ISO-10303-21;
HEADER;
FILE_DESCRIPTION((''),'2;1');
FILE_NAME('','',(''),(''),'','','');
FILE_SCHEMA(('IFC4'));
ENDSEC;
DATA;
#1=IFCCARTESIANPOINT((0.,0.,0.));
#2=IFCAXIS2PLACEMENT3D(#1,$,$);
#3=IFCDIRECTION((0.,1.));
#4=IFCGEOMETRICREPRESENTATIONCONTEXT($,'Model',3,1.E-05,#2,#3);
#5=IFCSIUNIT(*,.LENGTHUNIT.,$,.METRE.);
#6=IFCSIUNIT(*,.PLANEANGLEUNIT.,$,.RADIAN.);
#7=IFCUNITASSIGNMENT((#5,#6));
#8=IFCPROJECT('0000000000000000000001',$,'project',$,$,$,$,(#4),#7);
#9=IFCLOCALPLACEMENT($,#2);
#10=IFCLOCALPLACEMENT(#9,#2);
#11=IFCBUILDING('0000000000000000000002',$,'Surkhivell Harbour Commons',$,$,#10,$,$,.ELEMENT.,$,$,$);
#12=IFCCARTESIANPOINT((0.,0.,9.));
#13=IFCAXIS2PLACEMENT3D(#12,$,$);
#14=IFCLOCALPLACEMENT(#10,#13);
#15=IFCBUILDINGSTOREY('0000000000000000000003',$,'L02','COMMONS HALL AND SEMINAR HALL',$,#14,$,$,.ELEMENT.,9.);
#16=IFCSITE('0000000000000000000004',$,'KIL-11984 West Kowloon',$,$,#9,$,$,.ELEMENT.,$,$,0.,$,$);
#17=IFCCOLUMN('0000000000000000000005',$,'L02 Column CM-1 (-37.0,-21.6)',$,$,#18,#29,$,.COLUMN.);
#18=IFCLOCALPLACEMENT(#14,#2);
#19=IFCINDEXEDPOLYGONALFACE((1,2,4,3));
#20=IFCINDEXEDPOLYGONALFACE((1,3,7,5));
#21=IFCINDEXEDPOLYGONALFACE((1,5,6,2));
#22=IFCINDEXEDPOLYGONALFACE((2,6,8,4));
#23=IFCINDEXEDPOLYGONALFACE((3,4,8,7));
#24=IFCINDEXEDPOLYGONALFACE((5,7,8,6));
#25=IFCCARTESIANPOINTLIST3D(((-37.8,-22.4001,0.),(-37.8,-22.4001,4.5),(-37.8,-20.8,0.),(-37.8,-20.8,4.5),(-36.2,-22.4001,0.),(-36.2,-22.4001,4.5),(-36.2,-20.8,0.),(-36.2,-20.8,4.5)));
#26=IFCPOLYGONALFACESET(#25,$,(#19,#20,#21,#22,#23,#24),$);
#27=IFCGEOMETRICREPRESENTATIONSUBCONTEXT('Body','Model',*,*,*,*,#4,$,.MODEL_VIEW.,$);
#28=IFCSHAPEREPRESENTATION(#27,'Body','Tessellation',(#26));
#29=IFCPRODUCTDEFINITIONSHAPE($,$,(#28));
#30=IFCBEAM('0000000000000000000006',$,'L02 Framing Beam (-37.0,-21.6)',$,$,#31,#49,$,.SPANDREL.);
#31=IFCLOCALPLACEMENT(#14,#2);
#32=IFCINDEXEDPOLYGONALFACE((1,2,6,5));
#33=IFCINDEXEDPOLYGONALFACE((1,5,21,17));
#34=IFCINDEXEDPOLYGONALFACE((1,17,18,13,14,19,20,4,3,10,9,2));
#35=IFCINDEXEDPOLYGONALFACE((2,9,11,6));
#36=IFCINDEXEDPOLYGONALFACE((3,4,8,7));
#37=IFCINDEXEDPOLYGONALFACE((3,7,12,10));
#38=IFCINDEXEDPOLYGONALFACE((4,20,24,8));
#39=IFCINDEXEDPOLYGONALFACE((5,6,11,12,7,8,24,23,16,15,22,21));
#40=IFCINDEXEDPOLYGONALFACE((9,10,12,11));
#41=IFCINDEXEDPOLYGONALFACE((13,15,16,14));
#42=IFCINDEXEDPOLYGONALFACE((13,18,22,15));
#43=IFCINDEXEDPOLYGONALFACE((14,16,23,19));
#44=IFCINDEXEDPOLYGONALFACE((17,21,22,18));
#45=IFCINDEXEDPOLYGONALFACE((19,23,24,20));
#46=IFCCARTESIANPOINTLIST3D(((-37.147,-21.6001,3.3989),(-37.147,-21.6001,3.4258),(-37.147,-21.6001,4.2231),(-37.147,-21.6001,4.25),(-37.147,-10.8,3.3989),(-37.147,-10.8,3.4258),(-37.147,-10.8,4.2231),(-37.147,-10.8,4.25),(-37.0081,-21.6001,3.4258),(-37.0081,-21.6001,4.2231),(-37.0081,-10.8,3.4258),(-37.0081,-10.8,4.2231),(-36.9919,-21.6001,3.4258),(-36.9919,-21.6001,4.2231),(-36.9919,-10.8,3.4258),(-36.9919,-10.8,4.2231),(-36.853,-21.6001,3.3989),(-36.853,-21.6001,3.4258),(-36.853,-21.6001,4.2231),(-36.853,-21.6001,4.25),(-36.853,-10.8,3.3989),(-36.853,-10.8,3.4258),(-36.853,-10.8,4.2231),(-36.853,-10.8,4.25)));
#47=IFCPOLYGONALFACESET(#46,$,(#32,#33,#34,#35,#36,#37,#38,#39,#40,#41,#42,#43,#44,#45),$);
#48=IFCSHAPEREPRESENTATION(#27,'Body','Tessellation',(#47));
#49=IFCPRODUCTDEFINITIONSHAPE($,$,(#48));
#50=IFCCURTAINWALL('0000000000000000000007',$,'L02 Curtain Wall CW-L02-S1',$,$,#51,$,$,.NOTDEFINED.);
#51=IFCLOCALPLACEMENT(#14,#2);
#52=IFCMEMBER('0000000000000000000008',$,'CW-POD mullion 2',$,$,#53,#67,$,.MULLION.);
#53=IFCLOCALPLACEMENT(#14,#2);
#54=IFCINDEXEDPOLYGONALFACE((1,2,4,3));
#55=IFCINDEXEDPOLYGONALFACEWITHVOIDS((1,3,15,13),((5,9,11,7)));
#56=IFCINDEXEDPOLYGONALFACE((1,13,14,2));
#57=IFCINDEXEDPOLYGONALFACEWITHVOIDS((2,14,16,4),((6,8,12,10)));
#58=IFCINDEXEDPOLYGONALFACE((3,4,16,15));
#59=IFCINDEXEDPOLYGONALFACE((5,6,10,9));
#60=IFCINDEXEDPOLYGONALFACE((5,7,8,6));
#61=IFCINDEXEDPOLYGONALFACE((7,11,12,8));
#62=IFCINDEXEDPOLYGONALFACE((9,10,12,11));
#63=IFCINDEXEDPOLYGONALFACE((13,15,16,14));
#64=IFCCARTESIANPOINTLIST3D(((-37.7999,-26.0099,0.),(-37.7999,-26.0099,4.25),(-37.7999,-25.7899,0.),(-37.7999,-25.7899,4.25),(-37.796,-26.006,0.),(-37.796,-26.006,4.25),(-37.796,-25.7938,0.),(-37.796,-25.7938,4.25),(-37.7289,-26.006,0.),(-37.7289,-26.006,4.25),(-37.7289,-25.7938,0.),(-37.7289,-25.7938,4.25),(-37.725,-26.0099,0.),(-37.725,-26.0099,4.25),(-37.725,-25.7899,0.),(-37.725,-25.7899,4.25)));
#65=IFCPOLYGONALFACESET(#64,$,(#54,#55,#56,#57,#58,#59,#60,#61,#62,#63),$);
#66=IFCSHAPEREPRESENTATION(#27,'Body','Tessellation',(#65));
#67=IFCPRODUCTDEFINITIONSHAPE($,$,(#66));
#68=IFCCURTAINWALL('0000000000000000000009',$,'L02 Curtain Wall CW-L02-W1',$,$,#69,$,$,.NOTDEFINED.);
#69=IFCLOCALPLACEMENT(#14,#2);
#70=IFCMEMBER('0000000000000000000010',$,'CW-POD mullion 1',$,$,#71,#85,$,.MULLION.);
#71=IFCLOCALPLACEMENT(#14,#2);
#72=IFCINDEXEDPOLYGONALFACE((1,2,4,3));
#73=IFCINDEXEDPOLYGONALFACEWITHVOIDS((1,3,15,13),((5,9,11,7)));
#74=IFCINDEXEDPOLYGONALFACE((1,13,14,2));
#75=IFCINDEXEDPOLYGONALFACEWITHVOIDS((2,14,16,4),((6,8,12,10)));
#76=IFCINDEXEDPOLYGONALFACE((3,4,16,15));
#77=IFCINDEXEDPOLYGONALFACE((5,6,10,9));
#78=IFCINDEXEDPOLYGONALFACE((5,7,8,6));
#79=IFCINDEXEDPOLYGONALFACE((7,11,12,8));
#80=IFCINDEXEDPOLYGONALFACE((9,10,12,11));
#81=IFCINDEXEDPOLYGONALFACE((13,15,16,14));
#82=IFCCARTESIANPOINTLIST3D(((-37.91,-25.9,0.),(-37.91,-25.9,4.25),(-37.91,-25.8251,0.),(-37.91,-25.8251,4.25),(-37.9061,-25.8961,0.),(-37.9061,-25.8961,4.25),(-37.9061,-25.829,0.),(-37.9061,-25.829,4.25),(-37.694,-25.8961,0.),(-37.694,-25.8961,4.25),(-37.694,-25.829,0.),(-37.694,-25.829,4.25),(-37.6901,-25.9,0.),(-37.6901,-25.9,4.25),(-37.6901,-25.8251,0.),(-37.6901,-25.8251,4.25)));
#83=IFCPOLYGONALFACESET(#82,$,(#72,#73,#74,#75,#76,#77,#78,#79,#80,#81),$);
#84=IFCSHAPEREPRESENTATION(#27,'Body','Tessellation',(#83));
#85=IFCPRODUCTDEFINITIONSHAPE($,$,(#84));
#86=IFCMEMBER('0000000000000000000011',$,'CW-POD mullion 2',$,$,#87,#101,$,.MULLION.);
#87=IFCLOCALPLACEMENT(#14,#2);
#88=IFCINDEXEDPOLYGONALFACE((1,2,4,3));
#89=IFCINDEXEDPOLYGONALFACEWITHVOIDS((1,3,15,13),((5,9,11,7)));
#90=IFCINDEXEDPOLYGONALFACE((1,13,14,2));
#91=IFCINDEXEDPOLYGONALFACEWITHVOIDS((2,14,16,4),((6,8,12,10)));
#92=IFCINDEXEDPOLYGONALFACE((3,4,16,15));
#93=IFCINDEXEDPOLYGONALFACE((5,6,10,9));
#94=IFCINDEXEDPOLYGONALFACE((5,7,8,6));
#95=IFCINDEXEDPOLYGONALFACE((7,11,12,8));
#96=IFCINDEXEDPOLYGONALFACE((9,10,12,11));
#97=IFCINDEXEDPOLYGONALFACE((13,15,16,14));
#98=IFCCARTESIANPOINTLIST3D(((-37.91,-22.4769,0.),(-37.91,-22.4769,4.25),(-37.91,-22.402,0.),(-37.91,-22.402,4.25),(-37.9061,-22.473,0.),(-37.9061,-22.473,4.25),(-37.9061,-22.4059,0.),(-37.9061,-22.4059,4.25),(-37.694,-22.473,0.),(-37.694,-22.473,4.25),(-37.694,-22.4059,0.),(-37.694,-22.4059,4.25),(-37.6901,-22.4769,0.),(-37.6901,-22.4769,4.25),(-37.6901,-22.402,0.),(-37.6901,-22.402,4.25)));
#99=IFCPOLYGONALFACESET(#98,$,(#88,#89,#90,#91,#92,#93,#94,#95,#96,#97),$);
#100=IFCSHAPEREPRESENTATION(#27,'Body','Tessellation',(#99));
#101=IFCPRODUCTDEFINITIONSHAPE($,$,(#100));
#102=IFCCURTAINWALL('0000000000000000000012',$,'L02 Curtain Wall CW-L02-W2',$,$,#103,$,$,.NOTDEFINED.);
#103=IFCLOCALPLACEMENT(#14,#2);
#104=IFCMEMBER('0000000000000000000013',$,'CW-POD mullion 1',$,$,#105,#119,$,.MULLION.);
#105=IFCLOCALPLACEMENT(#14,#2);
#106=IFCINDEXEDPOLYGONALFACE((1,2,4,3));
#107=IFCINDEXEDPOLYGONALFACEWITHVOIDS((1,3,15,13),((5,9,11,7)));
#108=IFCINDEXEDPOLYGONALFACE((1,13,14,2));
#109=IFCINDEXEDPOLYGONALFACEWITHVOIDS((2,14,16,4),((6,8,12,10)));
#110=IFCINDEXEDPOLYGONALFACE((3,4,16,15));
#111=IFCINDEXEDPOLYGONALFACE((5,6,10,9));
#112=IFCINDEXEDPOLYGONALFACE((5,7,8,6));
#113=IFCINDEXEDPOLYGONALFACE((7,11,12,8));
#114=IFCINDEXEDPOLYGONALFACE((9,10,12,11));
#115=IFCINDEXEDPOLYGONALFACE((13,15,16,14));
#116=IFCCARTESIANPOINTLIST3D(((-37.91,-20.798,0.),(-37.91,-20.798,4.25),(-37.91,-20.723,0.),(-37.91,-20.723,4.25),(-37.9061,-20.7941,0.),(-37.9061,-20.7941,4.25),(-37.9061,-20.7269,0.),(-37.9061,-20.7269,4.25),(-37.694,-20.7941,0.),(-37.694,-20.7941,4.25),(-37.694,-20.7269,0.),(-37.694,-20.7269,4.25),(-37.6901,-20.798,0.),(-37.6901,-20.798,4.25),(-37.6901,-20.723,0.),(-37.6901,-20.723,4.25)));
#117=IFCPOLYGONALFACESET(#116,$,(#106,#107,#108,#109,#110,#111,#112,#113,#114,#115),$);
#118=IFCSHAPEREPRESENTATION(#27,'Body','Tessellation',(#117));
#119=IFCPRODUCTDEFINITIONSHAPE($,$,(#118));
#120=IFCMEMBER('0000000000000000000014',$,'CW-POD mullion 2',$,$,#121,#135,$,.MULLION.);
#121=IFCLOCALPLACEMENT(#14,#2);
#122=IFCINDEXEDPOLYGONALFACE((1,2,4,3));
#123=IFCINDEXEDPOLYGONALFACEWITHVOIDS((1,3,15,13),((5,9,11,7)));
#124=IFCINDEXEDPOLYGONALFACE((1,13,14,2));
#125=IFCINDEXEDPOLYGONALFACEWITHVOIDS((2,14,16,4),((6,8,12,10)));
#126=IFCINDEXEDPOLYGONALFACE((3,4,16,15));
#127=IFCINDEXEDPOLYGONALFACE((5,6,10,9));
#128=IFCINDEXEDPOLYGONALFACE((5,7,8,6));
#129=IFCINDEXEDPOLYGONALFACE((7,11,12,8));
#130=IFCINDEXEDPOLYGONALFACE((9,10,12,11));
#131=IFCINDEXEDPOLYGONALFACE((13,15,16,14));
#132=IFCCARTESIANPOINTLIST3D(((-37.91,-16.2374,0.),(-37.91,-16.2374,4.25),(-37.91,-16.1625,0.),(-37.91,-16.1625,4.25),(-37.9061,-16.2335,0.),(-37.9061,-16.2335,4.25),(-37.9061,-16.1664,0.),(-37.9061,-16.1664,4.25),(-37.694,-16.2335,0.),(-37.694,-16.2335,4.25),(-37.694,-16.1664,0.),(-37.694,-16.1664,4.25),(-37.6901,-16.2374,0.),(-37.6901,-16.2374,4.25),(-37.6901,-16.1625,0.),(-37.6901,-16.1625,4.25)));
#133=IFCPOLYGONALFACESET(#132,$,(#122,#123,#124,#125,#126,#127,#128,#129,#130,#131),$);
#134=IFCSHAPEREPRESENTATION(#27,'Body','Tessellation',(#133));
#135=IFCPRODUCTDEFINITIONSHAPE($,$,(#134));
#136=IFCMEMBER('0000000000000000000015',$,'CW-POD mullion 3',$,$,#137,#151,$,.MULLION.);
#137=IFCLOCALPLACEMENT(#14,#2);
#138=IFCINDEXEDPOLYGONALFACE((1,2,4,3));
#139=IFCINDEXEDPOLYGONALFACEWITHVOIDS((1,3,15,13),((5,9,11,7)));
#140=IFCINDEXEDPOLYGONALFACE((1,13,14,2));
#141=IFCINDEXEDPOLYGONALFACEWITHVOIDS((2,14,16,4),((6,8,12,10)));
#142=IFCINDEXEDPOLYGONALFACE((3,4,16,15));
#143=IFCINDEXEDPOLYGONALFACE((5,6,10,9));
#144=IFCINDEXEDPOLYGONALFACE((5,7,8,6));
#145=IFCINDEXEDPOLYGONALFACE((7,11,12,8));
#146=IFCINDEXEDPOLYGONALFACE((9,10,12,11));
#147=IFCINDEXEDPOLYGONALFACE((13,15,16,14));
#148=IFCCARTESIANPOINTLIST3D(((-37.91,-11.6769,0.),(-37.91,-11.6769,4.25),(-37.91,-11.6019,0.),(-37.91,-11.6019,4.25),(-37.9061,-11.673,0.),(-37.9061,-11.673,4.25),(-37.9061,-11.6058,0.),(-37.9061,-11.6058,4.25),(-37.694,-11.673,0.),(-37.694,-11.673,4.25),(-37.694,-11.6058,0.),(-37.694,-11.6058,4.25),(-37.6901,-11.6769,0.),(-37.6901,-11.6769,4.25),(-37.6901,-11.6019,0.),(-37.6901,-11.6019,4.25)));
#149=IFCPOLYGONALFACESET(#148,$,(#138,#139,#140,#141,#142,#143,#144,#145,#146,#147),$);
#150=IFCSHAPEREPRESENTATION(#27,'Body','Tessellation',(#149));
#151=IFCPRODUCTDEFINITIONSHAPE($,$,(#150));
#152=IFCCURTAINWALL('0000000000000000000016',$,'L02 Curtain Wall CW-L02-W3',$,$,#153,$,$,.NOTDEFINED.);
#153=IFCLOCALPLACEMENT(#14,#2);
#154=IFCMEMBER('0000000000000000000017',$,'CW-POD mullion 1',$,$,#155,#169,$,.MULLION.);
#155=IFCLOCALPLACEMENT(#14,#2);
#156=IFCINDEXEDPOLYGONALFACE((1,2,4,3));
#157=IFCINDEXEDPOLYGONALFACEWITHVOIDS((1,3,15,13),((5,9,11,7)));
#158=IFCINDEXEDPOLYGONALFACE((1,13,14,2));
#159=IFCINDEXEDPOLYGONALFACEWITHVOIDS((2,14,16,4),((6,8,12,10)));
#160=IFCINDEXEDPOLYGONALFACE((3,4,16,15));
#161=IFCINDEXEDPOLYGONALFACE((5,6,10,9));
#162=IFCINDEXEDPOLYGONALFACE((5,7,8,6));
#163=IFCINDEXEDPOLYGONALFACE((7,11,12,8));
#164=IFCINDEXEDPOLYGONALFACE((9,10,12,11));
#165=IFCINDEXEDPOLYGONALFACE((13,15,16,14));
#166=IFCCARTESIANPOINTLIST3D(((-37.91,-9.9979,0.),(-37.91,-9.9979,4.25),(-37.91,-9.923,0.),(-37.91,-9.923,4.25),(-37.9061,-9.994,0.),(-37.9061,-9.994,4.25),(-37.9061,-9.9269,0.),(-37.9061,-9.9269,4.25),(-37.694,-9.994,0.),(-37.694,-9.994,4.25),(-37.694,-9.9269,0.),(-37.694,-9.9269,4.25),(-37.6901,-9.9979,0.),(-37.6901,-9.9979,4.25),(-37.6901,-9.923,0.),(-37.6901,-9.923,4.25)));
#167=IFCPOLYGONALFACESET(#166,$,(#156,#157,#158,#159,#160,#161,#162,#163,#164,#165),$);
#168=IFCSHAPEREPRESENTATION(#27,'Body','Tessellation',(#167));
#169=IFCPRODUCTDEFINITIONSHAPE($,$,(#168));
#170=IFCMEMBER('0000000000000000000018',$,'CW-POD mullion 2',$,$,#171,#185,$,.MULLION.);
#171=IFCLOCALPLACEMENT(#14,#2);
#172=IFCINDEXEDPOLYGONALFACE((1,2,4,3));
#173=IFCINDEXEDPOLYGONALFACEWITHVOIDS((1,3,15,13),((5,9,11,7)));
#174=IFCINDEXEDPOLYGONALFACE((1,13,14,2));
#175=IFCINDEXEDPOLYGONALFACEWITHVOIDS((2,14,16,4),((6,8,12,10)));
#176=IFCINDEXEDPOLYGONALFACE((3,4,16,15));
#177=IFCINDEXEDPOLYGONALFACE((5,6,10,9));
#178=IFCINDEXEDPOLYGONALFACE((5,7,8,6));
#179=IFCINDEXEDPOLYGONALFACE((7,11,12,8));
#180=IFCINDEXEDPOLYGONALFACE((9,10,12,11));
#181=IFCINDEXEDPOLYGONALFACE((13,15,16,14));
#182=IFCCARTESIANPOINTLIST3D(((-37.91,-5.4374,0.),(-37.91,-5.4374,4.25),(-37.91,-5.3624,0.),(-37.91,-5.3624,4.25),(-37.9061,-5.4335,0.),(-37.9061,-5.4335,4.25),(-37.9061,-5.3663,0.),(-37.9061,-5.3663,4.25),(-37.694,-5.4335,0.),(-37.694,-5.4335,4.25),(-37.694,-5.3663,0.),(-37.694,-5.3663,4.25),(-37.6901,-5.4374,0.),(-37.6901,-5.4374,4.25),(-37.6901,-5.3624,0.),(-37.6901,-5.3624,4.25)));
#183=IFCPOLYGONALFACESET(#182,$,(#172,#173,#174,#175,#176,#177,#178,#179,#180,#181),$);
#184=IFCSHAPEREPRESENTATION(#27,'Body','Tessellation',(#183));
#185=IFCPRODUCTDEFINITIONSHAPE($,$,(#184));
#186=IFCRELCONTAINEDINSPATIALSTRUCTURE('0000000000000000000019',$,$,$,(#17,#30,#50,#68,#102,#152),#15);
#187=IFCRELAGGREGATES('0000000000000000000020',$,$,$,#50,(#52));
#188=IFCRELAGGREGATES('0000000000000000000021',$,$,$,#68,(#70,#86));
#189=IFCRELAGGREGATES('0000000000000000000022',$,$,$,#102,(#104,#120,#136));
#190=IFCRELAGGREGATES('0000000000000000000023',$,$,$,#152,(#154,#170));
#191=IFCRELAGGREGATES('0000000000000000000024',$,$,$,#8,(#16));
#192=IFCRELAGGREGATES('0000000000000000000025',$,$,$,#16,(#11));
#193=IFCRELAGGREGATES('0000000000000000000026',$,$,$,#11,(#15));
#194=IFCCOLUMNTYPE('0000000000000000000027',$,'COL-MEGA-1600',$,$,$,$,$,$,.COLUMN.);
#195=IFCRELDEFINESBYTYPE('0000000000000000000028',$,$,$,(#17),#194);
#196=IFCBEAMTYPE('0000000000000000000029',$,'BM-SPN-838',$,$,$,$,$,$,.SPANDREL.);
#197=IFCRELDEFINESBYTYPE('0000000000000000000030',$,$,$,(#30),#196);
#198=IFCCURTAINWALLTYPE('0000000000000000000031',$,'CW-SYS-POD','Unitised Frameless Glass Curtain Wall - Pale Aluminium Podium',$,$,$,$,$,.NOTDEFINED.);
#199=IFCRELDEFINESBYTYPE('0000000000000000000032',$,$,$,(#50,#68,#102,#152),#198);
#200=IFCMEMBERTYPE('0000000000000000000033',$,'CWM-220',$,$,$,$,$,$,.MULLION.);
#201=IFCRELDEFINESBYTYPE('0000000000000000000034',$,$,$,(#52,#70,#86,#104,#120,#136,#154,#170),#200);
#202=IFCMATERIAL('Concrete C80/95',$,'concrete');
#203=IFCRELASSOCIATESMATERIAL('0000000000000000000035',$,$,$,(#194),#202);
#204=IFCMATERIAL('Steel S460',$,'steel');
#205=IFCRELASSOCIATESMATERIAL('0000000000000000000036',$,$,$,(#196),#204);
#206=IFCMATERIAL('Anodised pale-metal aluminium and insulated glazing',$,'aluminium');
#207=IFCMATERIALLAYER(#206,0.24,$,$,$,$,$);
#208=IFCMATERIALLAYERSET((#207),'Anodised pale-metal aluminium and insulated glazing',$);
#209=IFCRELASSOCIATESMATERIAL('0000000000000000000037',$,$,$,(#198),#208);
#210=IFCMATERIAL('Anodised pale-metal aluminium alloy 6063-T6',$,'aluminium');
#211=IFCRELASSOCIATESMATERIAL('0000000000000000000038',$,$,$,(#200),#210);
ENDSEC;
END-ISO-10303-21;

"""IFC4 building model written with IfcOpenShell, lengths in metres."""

from ifc_helpers import new_model, si_unit, direction, frame, origin, origin_2d, place, context, subcontext, project, spatial, rectangle, hollow_rectangle, i_section, extrude, material, layer, layer_set, material_profile, profile_set, type_object, element, aggregate, save


model = new_model("IFC4")

# Units and contexts
model_context = context("Model", 3, precision=1e-05, world=origin(), true_north=direction((0.0, 1.0)))
body_context = subcontext(model_context, "Body", "Model", "MODEL_VIEW")
ifc_project = project(units=[si_unit("LENGTHUNIT", "METRE"), si_unit("PLANEANGLEUNIT", "RADIAN")], contexts=[model_context])

# Site, building, storey
site_placement = place(None, origin())
site = spatial("IfcSite", under=ifc_project, at=site_placement, Name="KIL-11984 West Kowloon", CompositionType="ELEMENT", RefElevation=0.0)
building_placement = place(site_placement, origin())
building = spatial("IfcBuilding", under=site, at=building_placement, Name="Surkhivell Harbour Commons", CompositionType="ELEMENT")
storey_placement = place(building_placement, frame((0.0, 0.0, 9.0)))
storey = spatial("IfcBuildingStorey", under=building, at=storey_placement, Name="L02", Description="COMMONS HALL AND SEMINAR HALL", CompositionType="ELEMENT", Elevation=9.0)

# Column
ifc_material_1 = material(Name="Concrete C80/95", Category="concrete")
ifc_material_profile_1 = material_profile(ifc_material_1, rectangle(XDim=1.6001, YDim=1.6001, at=origin_2d()), Name="RC-COL-1600x1600")
ifc_profile_set_1 = profile_set([ifc_material_profile_1], Name="Concrete C80/95")
column_type = type_object("IfcColumnType", Name="COL-MEGA-1600", PredefinedType="COLUMN", material=ifc_profile_set_1)
column_placement = place(storey_placement, frame((-37.0, -21.6001, 0.0), z_axis=(0.0, 0.0, 1.0), x_axis=(1.0, 0.0, 0.0)))
element("IfcColumn", 1, at=column_placement, inside=storey, type_object=column_type, Name="L02 Column CM-1 (-37.0,-21.6)", PredefinedType="COLUMN", context=body_context, shape_type="SweptSolid", body=[
    extrude(rectangle(XDim=1.6001, YDim=1.6001, at=origin_2d()), origin(), (0.0, 0.0, 1.0), 4.5),
])

# Beam
ifc_material_2 = material(Name="Steel S460", Category="steel")
ifc_material_profile_2 = material_profile(ifc_material_2, i_section(OverallWidth=0.2939, OverallDepth=0.8511, WebThickness=0.0161, FlangeThickness=0.0269, at=origin_2d()), Name="UB838x292x226")
ifc_profile_set_2 = profile_set([ifc_material_profile_2], Name="Steel S460")
beam_type = type_object("IfcBeamType", Name="BM-SPN-838", PredefinedType="SPANDREL", material=ifc_profile_set_2)
beam_placement = place(storey_placement, frame((-37.0, -21.6001, 3.8245), z_axis=(0.0, 1.0, 0.0), x_axis=(-1.0, 0.0, 0.0)))
element("IfcBeam", 2, at=beam_placement, inside=storey, type_object=beam_type, Name="L02 Framing Beam (-37.0,-21.6)", PredefinedType="SPANDREL", context=body_context, shape_type="SweptSolid", body=[
    extrude(i_section(OverallWidth=0.2939, OverallDepth=0.8511, WebThickness=0.0161, FlangeThickness=0.0269, at=origin_2d()), origin(), (0.0, 0.0, 1.0), 10.8),
])

# Curtain wall, member
ifc_material_3 = material(Name="Anodised pale-metal aluminium and insulated glazing", Category="aluminium")
ifc_layer_1 = layer(ifc_material_3, 0.24)
ifc_layer_set_1 = layer_set([ifc_layer_1], Name="Anodised pale-metal aluminium and insulated glazing")
curtain_wall_type = type_object("IfcCurtainWallType", Name="CW-SYS-POD", Description="Unitised Frameless Glass Curtain Wall - Pale Aluminium Podium", PredefinedType="NOTDEFINED", material=ifc_layer_set_1)
curtain_wall_1_placement = place(storey_placement, origin())
curtain_wall_1 = element("IfcCurtainWall", 3, at=curtain_wall_1_placement, inside=storey, type_object=curtain_wall_type, Name="L02 Curtain Wall CW-L02-S1", PredefinedType="NOTDEFINED")
ifc_material_4 = material(Name="Anodised pale-metal aluminium alloy 6063-T6", Category="aluminium")
ifc_material_profile_3 = material_profile(ifc_material_4, hollow_rectangle(XDim=0.075, YDim=0.22, WallThickness=0.0039, at=origin_2d()), Name="ALU-MULL-75x220")
ifc_profile_set_3 = profile_set([ifc_material_profile_3], Name="Anodised pale-metal aluminium alloy 6063-T6")
member_type_1 = type_object("IfcMemberType", Name="CWM-220", PredefinedType="MULLION", material=ifc_profile_set_3)
member_1_placement = place(storey_placement, frame((-37.7625, -25.8999, 0.0), z_axis=(0.0, 0.0, 1.0), x_axis=(-1.0, 0.0, 0.0)))
member_1 = element("IfcMember", 4, at=member_1_placement, type_object=member_type_1, Name="CW-POD mullion 2", PredefinedType="MULLION", context=body_context, shape_type="SweptSolid", body=[
    extrude(hollow_rectangle(XDim=0.075, YDim=0.22, WallThickness=0.0039, at=origin_2d()), origin(), (0.0, 0.0, 1.0), 4.25),
])
aggregate(curtain_wall_1, [member_1])

# Curtain walls, members
curtain_wall_2_placement = place(storey_placement, origin())
curtain_wall_2 = element("IfcCurtainWall", 5, at=curtain_wall_2_placement, inside=storey, type_object=curtain_wall_type, Name="L02 Curtain Wall CW-L02-W1", PredefinedType="NOTDEFINED")
member_2_placement = place(storey_placement, frame((-37.8, -25.8625, 0.0), z_axis=(0.0, 0.0, 1.0), x_axis=(0.0, 1.0, 0.0)))
member_2 = element("IfcMember", 6, at=member_2_placement, type_object=member_type_1, Name="CW-POD mullion 1", PredefinedType="MULLION", context=body_context, shape_type="SweptSolid", body=[
    extrude(hollow_rectangle(XDim=0.075, YDim=0.22, WallThickness=0.0039, at=origin_2d()), origin(), (0.0, 0.0, 1.0), 4.25),
])
member_3_placement = place(storey_placement, frame((-37.8, -22.4395, 0.0), z_axis=(0.0, 0.0, 1.0), x_axis=(0.0, 1.0, 0.0)))
member_3 = element("IfcMember", 7, at=member_3_placement, type_object=member_type_1, Name="CW-POD mullion 2", PredefinedType="MULLION", context=body_context, shape_type="SweptSolid", body=[
    extrude(hollow_rectangle(XDim=0.075, YDim=0.22, WallThickness=0.0039, at=origin_2d()), origin(), (0.0, 0.0, 1.0), 4.25),
])
curtain_wall_3_placement = place(storey_placement, origin())
curtain_wall_3 = element("IfcCurtainWall", 8, at=curtain_wall_3_placement, inside=storey, type_object=curtain_wall_type, Name="L02 Curtain Wall CW-L02-W2", PredefinedType="NOTDEFINED")
member_4_placement = place(storey_placement, frame((-37.8, -20.7605, 0.0), z_axis=(0.0, 0.0, 1.0), x_axis=(0.0, 1.0, 0.0)))
member_4 = element("IfcMember", 9, at=member_4_placement, type_object=member_type_1, Name="CW-POD mullion 1", PredefinedType="MULLION", context=body_context, shape_type="SweptSolid", body=[
    extrude(hollow_rectangle(XDim=0.075, YDim=0.22, WallThickness=0.0039, at=origin_2d()), origin(), (0.0, 0.0, 1.0), 4.25),
])
member_5_placement = place(storey_placement, frame((-37.8, -16.2, 0.0), z_axis=(0.0, 0.0, 1.0), x_axis=(0.0, 1.0, 0.0)))
member_5 = element("IfcMember", 10, at=member_5_placement, type_object=member_type_1, Name="CW-POD mullion 2", PredefinedType="MULLION", context=body_context, shape_type="SweptSolid", body=[
    extrude(hollow_rectangle(XDim=0.075, YDim=0.22, WallThickness=0.0039, at=origin_2d()), origin(), (0.0, 0.0, 1.0), 4.25),
])
member_6_placement = place(storey_placement, frame((-37.8, -11.6394, 0.0), z_axis=(0.0, 0.0, 1.0), x_axis=(0.0, 1.0, 0.0)))
member_6 = element("IfcMember", 11, at=member_6_placement, type_object=member_type_1, Name="CW-POD mullion 3", PredefinedType="MULLION", context=body_context, shape_type="SweptSolid", body=[
    extrude(hollow_rectangle(XDim=0.075, YDim=0.22, WallThickness=0.0039, at=origin_2d()), origin(), (0.0, 0.0, 1.0), 4.25),
])
curtain_wall_4_placement = place(storey_placement, origin())
curtain_wall_4 = element("IfcCurtainWall", 12, at=curtain_wall_4_placement, inside=storey, type_object=curtain_wall_type, Name="L02 Curtain Wall CW-L02-W3", PredefinedType="NOTDEFINED")
member_7_placement = place(storey_placement, frame((-37.8, -9.9604, 0.0), z_axis=(0.0, 0.0, 1.0), x_axis=(0.0, 1.0, 0.0)))
member_7 = element("IfcMember", 13, at=member_7_placement, type_object=member_type_1, Name="CW-POD mullion 1", PredefinedType="MULLION", context=body_context, shape_type="SweptSolid", body=[
    extrude(hollow_rectangle(XDim=0.075, YDim=0.22, WallThickness=0.0039, at=origin_2d()), origin(), (0.0, 0.0, 1.0), 4.25),
])
member_8_placement = place(storey_placement, frame((-37.8, -5.3999, 0.0), z_axis=(0.0, 0.0, 1.0), x_axis=(0.0, 1.0, 0.0)))
member_8 = element("IfcMember", 14, at=member_8_placement, type_object=member_type_1, Name="CW-POD mullion 2", PredefinedType="MULLION", context=body_context, shape_type="SweptSolid", body=[
    extrude(hollow_rectangle(XDim=0.075, YDim=0.22, WallThickness=0.0039, at=origin_2d()), origin(), (0.0, 0.0, 1.0), 4.25),
])

aggregate(curtain_wall_2, [member_2, member_3])
aggregate(curtain_wall_3, [member_4, member_5, member_6])
aggregate(curtain_wall_4, [member_7, member_8])

save(model, "model.ifc")
